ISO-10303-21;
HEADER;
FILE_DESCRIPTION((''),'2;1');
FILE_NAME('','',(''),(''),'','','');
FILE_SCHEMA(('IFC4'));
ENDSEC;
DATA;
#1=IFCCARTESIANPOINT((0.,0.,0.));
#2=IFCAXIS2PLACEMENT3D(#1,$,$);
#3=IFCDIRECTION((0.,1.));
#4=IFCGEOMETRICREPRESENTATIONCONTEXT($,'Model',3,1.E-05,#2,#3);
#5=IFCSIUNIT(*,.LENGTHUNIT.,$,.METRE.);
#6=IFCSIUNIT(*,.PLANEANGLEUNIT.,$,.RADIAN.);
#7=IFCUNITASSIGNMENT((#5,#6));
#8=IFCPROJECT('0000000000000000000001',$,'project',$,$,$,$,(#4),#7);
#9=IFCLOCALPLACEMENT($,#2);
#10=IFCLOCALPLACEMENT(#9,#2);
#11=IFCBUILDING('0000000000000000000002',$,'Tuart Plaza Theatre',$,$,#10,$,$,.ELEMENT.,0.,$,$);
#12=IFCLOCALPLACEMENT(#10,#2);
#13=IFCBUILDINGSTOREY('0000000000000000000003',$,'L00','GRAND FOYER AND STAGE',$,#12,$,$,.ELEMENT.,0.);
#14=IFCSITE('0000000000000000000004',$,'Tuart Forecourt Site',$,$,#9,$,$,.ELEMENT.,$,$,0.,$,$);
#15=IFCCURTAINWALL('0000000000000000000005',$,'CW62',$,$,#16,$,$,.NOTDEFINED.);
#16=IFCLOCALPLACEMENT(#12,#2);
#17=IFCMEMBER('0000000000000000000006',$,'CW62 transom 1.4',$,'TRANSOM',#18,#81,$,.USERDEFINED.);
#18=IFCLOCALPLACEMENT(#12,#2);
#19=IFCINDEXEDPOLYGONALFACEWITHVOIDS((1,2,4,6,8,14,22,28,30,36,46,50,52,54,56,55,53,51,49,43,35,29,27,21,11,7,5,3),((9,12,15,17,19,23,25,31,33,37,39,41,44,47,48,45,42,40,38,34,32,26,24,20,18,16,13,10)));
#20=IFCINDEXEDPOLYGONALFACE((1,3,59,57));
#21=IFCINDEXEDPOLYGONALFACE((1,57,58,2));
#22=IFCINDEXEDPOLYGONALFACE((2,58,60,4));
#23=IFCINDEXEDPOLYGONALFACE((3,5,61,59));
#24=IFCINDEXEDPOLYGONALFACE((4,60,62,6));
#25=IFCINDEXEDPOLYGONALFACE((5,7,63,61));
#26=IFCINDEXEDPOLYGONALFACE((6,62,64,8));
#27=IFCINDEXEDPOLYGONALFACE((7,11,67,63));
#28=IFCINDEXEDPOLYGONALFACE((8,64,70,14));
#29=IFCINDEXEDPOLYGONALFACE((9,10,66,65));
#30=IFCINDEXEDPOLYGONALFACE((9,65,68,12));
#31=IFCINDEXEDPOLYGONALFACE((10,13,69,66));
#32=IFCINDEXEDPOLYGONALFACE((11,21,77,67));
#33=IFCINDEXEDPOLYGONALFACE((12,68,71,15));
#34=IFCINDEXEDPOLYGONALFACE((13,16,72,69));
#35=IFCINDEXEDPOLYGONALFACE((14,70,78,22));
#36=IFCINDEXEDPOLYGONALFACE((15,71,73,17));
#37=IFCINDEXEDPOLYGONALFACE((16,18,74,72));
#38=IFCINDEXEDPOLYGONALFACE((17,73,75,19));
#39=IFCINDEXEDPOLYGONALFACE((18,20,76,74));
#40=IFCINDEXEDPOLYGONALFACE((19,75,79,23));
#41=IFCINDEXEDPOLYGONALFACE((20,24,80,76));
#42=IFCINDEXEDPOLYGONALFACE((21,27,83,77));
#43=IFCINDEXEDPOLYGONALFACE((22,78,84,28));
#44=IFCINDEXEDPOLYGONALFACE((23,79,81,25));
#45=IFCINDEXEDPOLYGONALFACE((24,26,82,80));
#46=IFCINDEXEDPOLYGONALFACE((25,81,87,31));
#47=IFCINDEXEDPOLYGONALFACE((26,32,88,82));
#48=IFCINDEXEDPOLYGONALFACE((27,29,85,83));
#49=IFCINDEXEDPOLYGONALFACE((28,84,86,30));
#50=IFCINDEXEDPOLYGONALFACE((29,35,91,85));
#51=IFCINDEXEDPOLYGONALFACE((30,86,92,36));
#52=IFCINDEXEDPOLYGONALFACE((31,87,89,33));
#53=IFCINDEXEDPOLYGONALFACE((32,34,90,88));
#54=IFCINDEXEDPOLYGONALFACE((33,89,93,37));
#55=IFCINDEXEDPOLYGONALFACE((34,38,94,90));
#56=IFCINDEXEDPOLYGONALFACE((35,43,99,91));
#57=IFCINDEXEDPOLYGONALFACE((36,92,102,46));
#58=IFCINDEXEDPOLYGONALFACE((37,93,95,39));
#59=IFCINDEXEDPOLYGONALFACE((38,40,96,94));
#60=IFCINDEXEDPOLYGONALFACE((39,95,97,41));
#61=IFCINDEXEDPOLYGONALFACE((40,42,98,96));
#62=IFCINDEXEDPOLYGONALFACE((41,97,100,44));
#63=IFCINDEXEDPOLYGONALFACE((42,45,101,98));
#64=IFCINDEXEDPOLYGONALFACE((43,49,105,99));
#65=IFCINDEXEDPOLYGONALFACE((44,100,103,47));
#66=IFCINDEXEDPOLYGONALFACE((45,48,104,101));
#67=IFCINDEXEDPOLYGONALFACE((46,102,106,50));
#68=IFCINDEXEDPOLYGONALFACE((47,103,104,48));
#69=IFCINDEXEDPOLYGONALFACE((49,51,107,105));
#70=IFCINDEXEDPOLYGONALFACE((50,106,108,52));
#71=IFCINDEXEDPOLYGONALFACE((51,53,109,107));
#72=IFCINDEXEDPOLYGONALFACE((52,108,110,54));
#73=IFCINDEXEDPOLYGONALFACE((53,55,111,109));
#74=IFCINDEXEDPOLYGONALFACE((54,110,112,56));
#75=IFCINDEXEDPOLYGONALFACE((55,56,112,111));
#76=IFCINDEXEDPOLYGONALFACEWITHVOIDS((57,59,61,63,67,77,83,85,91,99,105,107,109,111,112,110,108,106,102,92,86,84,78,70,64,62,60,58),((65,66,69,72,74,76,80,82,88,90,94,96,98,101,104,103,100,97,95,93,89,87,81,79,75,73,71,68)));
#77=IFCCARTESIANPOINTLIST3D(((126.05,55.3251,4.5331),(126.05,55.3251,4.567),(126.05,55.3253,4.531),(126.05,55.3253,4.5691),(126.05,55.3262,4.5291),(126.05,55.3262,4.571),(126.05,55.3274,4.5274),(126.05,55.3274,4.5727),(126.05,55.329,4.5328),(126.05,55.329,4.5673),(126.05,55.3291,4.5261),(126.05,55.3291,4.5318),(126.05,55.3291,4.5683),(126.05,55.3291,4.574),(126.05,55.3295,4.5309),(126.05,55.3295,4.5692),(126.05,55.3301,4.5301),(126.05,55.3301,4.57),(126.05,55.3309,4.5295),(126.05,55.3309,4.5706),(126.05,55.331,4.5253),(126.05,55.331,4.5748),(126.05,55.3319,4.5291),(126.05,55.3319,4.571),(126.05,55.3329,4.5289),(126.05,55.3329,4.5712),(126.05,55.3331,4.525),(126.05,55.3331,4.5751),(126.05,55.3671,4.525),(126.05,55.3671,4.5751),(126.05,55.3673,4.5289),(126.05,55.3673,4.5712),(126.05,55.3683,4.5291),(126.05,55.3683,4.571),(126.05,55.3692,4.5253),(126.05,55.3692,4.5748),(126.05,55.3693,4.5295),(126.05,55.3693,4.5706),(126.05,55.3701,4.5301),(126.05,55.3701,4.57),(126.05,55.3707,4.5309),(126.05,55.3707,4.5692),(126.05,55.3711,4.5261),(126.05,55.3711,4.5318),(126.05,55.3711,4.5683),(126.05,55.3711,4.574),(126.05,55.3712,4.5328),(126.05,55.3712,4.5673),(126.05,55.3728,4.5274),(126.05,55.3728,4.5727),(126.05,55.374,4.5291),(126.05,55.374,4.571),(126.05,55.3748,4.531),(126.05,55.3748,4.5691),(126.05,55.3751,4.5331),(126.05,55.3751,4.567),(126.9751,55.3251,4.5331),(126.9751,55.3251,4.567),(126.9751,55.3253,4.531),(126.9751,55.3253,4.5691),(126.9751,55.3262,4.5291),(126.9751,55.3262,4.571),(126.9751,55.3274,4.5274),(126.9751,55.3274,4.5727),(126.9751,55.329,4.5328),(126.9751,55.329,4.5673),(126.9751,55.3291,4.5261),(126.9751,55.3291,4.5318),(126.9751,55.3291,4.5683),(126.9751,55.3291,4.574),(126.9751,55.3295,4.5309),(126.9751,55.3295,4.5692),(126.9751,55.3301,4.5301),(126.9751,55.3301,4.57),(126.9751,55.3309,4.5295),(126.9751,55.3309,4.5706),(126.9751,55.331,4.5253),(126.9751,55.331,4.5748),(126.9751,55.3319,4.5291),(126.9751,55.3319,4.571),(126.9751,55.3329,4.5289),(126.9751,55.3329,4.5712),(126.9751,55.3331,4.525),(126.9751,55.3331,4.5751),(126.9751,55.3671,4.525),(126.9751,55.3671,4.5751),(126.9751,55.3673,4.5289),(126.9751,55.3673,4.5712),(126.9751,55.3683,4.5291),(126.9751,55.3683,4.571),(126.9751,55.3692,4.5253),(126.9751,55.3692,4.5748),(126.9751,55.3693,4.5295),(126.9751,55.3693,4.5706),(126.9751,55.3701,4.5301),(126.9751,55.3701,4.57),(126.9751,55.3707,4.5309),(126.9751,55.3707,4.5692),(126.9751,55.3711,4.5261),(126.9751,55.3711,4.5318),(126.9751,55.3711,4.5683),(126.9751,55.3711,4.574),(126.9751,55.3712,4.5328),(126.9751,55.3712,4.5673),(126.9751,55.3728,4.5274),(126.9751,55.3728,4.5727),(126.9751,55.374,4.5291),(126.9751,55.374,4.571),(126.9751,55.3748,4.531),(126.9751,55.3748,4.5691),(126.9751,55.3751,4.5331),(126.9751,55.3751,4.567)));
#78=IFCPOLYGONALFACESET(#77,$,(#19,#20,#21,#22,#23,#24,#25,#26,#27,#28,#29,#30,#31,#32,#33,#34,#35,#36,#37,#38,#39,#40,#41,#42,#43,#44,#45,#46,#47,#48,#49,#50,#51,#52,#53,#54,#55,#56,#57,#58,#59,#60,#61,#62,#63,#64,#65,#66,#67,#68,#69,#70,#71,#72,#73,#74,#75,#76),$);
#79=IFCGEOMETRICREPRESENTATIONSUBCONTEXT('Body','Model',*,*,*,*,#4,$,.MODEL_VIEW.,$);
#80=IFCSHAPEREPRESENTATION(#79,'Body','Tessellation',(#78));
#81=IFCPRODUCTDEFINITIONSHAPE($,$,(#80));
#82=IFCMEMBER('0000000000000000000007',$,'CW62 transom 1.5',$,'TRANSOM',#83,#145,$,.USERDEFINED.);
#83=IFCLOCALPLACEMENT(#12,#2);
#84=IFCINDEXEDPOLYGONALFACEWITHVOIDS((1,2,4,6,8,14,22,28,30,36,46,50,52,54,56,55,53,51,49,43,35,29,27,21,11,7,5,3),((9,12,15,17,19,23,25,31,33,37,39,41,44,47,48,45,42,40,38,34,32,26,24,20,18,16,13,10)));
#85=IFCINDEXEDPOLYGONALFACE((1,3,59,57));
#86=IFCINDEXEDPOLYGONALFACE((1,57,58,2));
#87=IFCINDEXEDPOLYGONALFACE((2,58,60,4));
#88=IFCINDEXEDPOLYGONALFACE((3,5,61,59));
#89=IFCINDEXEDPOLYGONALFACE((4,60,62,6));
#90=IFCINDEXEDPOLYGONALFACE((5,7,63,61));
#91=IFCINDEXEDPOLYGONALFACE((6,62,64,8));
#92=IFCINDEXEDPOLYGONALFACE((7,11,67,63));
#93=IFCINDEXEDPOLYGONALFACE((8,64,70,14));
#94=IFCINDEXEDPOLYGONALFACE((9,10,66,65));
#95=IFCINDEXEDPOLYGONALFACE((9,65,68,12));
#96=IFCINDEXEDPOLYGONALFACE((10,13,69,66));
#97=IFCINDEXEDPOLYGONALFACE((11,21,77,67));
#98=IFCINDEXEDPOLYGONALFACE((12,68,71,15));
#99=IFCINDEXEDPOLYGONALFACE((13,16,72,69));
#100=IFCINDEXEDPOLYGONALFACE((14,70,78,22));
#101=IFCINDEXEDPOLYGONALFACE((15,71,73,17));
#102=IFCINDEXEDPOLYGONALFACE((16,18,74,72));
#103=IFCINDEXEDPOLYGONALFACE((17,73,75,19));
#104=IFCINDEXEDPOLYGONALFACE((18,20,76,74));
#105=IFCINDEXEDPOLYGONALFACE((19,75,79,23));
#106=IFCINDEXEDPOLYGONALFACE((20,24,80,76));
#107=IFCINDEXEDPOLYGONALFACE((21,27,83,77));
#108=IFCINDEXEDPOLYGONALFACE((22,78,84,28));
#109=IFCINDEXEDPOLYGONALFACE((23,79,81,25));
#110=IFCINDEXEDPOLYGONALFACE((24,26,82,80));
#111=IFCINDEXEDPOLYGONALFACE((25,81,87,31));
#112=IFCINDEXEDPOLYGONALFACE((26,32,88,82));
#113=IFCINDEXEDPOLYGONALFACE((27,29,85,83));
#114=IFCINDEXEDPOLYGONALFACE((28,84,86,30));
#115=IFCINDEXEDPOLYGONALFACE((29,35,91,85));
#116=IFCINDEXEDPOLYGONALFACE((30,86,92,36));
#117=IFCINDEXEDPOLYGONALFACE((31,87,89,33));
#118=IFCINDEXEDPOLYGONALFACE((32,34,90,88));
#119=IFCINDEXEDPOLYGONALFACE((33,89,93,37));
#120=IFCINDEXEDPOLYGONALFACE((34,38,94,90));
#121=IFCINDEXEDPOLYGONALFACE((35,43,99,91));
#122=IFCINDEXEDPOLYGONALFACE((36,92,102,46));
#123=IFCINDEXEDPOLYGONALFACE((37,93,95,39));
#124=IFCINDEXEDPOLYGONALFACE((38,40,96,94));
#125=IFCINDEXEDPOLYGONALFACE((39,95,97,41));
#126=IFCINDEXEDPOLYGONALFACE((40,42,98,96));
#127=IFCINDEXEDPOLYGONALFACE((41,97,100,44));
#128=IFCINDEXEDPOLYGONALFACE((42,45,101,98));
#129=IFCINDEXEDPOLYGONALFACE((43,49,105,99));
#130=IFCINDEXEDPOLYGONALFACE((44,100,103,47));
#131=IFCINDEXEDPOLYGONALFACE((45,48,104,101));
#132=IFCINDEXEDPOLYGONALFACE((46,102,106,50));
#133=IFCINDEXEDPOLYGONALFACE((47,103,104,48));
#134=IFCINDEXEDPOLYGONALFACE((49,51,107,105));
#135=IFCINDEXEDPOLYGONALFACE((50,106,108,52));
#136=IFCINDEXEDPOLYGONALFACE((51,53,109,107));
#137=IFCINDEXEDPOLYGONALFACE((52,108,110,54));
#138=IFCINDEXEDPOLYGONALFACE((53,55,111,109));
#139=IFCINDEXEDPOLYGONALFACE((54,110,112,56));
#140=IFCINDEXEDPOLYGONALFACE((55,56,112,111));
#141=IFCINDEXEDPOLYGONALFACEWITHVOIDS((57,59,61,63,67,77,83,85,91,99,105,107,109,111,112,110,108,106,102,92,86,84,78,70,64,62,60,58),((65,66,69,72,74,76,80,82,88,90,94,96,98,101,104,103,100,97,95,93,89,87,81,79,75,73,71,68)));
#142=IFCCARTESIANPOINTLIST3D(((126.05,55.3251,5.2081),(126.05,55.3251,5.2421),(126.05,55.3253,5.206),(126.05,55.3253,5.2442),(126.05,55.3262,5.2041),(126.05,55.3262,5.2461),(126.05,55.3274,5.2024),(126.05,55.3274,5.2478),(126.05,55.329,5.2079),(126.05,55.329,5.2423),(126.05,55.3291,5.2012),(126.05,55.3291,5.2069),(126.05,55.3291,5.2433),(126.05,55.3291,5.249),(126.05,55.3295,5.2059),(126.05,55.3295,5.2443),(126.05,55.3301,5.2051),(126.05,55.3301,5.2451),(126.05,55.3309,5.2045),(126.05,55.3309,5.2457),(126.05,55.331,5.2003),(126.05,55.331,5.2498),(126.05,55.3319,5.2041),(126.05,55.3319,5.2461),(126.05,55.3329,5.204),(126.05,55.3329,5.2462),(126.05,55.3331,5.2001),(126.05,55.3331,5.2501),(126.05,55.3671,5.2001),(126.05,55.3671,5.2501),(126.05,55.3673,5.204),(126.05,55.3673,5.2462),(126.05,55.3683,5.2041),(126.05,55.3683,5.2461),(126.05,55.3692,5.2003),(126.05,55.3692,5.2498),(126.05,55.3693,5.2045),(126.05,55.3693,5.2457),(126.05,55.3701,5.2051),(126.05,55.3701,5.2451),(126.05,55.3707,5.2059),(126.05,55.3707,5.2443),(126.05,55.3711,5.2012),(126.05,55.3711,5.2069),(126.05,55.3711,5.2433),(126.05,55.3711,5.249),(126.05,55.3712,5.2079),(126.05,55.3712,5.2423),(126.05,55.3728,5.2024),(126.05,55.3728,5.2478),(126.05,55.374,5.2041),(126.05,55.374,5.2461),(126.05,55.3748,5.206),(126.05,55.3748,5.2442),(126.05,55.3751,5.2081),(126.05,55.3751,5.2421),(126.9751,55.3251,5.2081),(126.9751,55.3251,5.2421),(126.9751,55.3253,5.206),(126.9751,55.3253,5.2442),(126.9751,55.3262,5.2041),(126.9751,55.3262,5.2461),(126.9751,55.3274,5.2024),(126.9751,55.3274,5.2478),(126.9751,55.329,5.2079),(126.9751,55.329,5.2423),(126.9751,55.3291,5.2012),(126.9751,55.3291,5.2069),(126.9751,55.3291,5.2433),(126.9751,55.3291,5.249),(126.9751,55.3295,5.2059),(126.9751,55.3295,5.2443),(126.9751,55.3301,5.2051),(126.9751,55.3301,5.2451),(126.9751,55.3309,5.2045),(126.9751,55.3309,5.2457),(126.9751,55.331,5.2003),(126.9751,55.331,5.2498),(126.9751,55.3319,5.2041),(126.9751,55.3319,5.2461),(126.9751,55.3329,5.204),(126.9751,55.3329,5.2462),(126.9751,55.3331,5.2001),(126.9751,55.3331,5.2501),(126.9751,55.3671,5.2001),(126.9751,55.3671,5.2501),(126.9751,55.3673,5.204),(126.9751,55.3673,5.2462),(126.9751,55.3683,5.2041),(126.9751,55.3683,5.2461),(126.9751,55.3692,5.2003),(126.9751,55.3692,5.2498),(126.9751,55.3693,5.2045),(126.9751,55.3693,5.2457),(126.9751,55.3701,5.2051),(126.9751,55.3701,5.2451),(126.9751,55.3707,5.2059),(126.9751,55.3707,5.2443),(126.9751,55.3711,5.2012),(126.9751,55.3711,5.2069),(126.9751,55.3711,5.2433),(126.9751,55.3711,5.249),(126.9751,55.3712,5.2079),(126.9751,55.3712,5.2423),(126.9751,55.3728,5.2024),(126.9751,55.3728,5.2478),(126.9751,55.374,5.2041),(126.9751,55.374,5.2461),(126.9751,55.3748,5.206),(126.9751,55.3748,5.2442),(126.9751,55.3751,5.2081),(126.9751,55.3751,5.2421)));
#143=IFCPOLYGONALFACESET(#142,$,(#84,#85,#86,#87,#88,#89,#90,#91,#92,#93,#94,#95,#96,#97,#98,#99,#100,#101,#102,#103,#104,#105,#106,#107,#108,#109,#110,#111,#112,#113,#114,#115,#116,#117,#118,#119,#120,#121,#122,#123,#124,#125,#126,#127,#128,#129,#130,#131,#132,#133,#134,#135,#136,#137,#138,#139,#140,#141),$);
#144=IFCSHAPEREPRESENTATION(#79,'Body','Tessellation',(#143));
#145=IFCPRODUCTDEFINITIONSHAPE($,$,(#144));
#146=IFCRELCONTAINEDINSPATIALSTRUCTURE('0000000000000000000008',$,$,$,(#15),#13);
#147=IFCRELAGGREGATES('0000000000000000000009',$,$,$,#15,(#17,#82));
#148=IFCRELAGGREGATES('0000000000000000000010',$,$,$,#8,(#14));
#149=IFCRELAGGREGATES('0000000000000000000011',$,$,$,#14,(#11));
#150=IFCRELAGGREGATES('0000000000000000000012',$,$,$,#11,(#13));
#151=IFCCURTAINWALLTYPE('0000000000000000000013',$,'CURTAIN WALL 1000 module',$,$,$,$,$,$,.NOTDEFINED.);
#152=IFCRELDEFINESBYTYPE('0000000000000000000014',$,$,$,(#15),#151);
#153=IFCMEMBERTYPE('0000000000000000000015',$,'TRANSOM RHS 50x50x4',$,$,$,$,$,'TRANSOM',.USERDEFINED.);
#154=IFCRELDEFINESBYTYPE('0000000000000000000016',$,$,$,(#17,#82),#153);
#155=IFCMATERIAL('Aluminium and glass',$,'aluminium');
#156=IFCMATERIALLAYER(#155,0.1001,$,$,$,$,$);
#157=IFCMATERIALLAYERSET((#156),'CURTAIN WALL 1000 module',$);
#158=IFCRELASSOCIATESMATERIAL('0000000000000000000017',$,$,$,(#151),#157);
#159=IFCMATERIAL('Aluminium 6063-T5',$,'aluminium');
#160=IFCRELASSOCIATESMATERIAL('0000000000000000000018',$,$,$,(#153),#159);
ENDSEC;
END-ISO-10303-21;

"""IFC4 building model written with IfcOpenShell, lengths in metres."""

from ifc_helpers import new_model, si_unit, direction, frame, origin, origin_2d, place, context, subcontext, project, spatial, hollow_rectangle, extrude, material, layer, layer_set, material_profile, profile_set, type_object, element, aggregate, save


model = new_model("IFC4")

# Units and contexts
model_context = context("Model", 3, precision=1e-05, world=origin(), true_north=direction((0.0, 1.0)))
body_context = subcontext(model_context, "Body", "Model", "MODEL_VIEW")
ifc_project = project(units=[si_unit("LENGTHUNIT", "METRE"), si_unit("PLANEANGLEUNIT", "RADIAN")], contexts=[model_context])

# Site, building, storey
site_placement = place(None, origin())
site = spatial("IfcSite", under=ifc_project, at=site_placement, Name="Tuart Forecourt Site", CompositionType="ELEMENT", RefElevation=0.0)
building_placement = place(site_placement, origin())
building = spatial("IfcBuilding", under=site, at=building_placement, Name="Tuart Plaza Theatre", CompositionType="ELEMENT", ElevationOfRefHeight=0.0)
storey_placement = place(building_placement, origin())
storey = spatial("IfcBuildingStorey", under=building, at=storey_placement, Name="L00", Description="GRAND FOYER AND STAGE", CompositionType="ELEMENT", Elevation=0.0)

# Curtain wall
ifc_material_1 = material(Name="Aluminium and glass", Category="aluminium")
ifc_layer_1 = layer(ifc_material_1, 0.1001)
ifc_layer_set_1 = layer_set([ifc_layer_1], Name="CURTAIN WALL 1000 module")
curtain_wall_type_1 = type_object("IfcCurtainWallType", Name="CURTAIN WALL 1000 module", PredefinedType="NOTDEFINED", material=ifc_layer_set_1)
curtain_wall_1_placement = place(storey_placement, origin())
curtain_wall_1 = element("IfcCurtainWall", 1, at=curtain_wall_1_placement, inside=storey, type_object=curtain_wall_type_1, Name="CW62", PredefinedType="NOTDEFINED")

# Members
ifc_material_2 = material(Name="Aluminium 6063-T5", Category="aluminium")
ifc_material_profile_1 = material_profile(ifc_material_2, hollow_rectangle(XDim=0.05, YDim=0.05, WallThickness=0.0039, InnerFilletRadius=0.0039, OuterFilletRadius=0.0081, at=origin_2d()), Name="RHS 50x50x4")
ifc_profile_set_1 = profile_set([ifc_material_profile_1], Name="Aluminium 6063-T5")
member_type_1 = type_object("IfcMemberType", Name="TRANSOM RHS 50x50x4", ElementType="TRANSOM", PredefinedType="USERDEFINED", material=ifc_profile_set_1)
member_1_placement = place(storey_placement, frame((126.05, 55.3501, 4.55), z_axis=(1.0, 0.0, 0.0), x_axis=(0.0, 1.0, 0.0)))
member_1 = element("IfcMember", 2, at=member_1_placement, type_object=member_type_1, Name="CW62 transom 1.4", ObjectType="TRANSOM", PredefinedType="USERDEFINED", context=body_context, shape_type="SweptSolid", body=[
    extrude(hollow_rectangle(XDim=0.05, YDim=0.05, WallThickness=0.0039, InnerFilletRadius=0.0039, OuterFilletRadius=0.0081, at=origin_2d()), origin(), (0.0, 0.0, 1.0), 0.925),
])
member_2_placement = place(storey_placement, frame((126.05, 55.3501, 5.2251), z_axis=(1.0, 0.0, 0.0), x_axis=(0.0, 1.0, 0.0)))
member_2 = element("IfcMember", 3, at=member_2_placement, type_object=member_type_1, Name="CW62 transom 1.5", ObjectType="TRANSOM", PredefinedType="USERDEFINED", context=body_context, shape_type="SweptSolid", body=[
    extrude(hollow_rectangle(XDim=0.05, YDim=0.05, WallThickness=0.0039, InnerFilletRadius=0.0039, OuterFilletRadius=0.0081, at=origin_2d()), origin(), (0.0, 0.0, 1.0), 0.925),
])

aggregate(curtain_wall_1, [member_1, member_2])

save(model, "model.ifc")
